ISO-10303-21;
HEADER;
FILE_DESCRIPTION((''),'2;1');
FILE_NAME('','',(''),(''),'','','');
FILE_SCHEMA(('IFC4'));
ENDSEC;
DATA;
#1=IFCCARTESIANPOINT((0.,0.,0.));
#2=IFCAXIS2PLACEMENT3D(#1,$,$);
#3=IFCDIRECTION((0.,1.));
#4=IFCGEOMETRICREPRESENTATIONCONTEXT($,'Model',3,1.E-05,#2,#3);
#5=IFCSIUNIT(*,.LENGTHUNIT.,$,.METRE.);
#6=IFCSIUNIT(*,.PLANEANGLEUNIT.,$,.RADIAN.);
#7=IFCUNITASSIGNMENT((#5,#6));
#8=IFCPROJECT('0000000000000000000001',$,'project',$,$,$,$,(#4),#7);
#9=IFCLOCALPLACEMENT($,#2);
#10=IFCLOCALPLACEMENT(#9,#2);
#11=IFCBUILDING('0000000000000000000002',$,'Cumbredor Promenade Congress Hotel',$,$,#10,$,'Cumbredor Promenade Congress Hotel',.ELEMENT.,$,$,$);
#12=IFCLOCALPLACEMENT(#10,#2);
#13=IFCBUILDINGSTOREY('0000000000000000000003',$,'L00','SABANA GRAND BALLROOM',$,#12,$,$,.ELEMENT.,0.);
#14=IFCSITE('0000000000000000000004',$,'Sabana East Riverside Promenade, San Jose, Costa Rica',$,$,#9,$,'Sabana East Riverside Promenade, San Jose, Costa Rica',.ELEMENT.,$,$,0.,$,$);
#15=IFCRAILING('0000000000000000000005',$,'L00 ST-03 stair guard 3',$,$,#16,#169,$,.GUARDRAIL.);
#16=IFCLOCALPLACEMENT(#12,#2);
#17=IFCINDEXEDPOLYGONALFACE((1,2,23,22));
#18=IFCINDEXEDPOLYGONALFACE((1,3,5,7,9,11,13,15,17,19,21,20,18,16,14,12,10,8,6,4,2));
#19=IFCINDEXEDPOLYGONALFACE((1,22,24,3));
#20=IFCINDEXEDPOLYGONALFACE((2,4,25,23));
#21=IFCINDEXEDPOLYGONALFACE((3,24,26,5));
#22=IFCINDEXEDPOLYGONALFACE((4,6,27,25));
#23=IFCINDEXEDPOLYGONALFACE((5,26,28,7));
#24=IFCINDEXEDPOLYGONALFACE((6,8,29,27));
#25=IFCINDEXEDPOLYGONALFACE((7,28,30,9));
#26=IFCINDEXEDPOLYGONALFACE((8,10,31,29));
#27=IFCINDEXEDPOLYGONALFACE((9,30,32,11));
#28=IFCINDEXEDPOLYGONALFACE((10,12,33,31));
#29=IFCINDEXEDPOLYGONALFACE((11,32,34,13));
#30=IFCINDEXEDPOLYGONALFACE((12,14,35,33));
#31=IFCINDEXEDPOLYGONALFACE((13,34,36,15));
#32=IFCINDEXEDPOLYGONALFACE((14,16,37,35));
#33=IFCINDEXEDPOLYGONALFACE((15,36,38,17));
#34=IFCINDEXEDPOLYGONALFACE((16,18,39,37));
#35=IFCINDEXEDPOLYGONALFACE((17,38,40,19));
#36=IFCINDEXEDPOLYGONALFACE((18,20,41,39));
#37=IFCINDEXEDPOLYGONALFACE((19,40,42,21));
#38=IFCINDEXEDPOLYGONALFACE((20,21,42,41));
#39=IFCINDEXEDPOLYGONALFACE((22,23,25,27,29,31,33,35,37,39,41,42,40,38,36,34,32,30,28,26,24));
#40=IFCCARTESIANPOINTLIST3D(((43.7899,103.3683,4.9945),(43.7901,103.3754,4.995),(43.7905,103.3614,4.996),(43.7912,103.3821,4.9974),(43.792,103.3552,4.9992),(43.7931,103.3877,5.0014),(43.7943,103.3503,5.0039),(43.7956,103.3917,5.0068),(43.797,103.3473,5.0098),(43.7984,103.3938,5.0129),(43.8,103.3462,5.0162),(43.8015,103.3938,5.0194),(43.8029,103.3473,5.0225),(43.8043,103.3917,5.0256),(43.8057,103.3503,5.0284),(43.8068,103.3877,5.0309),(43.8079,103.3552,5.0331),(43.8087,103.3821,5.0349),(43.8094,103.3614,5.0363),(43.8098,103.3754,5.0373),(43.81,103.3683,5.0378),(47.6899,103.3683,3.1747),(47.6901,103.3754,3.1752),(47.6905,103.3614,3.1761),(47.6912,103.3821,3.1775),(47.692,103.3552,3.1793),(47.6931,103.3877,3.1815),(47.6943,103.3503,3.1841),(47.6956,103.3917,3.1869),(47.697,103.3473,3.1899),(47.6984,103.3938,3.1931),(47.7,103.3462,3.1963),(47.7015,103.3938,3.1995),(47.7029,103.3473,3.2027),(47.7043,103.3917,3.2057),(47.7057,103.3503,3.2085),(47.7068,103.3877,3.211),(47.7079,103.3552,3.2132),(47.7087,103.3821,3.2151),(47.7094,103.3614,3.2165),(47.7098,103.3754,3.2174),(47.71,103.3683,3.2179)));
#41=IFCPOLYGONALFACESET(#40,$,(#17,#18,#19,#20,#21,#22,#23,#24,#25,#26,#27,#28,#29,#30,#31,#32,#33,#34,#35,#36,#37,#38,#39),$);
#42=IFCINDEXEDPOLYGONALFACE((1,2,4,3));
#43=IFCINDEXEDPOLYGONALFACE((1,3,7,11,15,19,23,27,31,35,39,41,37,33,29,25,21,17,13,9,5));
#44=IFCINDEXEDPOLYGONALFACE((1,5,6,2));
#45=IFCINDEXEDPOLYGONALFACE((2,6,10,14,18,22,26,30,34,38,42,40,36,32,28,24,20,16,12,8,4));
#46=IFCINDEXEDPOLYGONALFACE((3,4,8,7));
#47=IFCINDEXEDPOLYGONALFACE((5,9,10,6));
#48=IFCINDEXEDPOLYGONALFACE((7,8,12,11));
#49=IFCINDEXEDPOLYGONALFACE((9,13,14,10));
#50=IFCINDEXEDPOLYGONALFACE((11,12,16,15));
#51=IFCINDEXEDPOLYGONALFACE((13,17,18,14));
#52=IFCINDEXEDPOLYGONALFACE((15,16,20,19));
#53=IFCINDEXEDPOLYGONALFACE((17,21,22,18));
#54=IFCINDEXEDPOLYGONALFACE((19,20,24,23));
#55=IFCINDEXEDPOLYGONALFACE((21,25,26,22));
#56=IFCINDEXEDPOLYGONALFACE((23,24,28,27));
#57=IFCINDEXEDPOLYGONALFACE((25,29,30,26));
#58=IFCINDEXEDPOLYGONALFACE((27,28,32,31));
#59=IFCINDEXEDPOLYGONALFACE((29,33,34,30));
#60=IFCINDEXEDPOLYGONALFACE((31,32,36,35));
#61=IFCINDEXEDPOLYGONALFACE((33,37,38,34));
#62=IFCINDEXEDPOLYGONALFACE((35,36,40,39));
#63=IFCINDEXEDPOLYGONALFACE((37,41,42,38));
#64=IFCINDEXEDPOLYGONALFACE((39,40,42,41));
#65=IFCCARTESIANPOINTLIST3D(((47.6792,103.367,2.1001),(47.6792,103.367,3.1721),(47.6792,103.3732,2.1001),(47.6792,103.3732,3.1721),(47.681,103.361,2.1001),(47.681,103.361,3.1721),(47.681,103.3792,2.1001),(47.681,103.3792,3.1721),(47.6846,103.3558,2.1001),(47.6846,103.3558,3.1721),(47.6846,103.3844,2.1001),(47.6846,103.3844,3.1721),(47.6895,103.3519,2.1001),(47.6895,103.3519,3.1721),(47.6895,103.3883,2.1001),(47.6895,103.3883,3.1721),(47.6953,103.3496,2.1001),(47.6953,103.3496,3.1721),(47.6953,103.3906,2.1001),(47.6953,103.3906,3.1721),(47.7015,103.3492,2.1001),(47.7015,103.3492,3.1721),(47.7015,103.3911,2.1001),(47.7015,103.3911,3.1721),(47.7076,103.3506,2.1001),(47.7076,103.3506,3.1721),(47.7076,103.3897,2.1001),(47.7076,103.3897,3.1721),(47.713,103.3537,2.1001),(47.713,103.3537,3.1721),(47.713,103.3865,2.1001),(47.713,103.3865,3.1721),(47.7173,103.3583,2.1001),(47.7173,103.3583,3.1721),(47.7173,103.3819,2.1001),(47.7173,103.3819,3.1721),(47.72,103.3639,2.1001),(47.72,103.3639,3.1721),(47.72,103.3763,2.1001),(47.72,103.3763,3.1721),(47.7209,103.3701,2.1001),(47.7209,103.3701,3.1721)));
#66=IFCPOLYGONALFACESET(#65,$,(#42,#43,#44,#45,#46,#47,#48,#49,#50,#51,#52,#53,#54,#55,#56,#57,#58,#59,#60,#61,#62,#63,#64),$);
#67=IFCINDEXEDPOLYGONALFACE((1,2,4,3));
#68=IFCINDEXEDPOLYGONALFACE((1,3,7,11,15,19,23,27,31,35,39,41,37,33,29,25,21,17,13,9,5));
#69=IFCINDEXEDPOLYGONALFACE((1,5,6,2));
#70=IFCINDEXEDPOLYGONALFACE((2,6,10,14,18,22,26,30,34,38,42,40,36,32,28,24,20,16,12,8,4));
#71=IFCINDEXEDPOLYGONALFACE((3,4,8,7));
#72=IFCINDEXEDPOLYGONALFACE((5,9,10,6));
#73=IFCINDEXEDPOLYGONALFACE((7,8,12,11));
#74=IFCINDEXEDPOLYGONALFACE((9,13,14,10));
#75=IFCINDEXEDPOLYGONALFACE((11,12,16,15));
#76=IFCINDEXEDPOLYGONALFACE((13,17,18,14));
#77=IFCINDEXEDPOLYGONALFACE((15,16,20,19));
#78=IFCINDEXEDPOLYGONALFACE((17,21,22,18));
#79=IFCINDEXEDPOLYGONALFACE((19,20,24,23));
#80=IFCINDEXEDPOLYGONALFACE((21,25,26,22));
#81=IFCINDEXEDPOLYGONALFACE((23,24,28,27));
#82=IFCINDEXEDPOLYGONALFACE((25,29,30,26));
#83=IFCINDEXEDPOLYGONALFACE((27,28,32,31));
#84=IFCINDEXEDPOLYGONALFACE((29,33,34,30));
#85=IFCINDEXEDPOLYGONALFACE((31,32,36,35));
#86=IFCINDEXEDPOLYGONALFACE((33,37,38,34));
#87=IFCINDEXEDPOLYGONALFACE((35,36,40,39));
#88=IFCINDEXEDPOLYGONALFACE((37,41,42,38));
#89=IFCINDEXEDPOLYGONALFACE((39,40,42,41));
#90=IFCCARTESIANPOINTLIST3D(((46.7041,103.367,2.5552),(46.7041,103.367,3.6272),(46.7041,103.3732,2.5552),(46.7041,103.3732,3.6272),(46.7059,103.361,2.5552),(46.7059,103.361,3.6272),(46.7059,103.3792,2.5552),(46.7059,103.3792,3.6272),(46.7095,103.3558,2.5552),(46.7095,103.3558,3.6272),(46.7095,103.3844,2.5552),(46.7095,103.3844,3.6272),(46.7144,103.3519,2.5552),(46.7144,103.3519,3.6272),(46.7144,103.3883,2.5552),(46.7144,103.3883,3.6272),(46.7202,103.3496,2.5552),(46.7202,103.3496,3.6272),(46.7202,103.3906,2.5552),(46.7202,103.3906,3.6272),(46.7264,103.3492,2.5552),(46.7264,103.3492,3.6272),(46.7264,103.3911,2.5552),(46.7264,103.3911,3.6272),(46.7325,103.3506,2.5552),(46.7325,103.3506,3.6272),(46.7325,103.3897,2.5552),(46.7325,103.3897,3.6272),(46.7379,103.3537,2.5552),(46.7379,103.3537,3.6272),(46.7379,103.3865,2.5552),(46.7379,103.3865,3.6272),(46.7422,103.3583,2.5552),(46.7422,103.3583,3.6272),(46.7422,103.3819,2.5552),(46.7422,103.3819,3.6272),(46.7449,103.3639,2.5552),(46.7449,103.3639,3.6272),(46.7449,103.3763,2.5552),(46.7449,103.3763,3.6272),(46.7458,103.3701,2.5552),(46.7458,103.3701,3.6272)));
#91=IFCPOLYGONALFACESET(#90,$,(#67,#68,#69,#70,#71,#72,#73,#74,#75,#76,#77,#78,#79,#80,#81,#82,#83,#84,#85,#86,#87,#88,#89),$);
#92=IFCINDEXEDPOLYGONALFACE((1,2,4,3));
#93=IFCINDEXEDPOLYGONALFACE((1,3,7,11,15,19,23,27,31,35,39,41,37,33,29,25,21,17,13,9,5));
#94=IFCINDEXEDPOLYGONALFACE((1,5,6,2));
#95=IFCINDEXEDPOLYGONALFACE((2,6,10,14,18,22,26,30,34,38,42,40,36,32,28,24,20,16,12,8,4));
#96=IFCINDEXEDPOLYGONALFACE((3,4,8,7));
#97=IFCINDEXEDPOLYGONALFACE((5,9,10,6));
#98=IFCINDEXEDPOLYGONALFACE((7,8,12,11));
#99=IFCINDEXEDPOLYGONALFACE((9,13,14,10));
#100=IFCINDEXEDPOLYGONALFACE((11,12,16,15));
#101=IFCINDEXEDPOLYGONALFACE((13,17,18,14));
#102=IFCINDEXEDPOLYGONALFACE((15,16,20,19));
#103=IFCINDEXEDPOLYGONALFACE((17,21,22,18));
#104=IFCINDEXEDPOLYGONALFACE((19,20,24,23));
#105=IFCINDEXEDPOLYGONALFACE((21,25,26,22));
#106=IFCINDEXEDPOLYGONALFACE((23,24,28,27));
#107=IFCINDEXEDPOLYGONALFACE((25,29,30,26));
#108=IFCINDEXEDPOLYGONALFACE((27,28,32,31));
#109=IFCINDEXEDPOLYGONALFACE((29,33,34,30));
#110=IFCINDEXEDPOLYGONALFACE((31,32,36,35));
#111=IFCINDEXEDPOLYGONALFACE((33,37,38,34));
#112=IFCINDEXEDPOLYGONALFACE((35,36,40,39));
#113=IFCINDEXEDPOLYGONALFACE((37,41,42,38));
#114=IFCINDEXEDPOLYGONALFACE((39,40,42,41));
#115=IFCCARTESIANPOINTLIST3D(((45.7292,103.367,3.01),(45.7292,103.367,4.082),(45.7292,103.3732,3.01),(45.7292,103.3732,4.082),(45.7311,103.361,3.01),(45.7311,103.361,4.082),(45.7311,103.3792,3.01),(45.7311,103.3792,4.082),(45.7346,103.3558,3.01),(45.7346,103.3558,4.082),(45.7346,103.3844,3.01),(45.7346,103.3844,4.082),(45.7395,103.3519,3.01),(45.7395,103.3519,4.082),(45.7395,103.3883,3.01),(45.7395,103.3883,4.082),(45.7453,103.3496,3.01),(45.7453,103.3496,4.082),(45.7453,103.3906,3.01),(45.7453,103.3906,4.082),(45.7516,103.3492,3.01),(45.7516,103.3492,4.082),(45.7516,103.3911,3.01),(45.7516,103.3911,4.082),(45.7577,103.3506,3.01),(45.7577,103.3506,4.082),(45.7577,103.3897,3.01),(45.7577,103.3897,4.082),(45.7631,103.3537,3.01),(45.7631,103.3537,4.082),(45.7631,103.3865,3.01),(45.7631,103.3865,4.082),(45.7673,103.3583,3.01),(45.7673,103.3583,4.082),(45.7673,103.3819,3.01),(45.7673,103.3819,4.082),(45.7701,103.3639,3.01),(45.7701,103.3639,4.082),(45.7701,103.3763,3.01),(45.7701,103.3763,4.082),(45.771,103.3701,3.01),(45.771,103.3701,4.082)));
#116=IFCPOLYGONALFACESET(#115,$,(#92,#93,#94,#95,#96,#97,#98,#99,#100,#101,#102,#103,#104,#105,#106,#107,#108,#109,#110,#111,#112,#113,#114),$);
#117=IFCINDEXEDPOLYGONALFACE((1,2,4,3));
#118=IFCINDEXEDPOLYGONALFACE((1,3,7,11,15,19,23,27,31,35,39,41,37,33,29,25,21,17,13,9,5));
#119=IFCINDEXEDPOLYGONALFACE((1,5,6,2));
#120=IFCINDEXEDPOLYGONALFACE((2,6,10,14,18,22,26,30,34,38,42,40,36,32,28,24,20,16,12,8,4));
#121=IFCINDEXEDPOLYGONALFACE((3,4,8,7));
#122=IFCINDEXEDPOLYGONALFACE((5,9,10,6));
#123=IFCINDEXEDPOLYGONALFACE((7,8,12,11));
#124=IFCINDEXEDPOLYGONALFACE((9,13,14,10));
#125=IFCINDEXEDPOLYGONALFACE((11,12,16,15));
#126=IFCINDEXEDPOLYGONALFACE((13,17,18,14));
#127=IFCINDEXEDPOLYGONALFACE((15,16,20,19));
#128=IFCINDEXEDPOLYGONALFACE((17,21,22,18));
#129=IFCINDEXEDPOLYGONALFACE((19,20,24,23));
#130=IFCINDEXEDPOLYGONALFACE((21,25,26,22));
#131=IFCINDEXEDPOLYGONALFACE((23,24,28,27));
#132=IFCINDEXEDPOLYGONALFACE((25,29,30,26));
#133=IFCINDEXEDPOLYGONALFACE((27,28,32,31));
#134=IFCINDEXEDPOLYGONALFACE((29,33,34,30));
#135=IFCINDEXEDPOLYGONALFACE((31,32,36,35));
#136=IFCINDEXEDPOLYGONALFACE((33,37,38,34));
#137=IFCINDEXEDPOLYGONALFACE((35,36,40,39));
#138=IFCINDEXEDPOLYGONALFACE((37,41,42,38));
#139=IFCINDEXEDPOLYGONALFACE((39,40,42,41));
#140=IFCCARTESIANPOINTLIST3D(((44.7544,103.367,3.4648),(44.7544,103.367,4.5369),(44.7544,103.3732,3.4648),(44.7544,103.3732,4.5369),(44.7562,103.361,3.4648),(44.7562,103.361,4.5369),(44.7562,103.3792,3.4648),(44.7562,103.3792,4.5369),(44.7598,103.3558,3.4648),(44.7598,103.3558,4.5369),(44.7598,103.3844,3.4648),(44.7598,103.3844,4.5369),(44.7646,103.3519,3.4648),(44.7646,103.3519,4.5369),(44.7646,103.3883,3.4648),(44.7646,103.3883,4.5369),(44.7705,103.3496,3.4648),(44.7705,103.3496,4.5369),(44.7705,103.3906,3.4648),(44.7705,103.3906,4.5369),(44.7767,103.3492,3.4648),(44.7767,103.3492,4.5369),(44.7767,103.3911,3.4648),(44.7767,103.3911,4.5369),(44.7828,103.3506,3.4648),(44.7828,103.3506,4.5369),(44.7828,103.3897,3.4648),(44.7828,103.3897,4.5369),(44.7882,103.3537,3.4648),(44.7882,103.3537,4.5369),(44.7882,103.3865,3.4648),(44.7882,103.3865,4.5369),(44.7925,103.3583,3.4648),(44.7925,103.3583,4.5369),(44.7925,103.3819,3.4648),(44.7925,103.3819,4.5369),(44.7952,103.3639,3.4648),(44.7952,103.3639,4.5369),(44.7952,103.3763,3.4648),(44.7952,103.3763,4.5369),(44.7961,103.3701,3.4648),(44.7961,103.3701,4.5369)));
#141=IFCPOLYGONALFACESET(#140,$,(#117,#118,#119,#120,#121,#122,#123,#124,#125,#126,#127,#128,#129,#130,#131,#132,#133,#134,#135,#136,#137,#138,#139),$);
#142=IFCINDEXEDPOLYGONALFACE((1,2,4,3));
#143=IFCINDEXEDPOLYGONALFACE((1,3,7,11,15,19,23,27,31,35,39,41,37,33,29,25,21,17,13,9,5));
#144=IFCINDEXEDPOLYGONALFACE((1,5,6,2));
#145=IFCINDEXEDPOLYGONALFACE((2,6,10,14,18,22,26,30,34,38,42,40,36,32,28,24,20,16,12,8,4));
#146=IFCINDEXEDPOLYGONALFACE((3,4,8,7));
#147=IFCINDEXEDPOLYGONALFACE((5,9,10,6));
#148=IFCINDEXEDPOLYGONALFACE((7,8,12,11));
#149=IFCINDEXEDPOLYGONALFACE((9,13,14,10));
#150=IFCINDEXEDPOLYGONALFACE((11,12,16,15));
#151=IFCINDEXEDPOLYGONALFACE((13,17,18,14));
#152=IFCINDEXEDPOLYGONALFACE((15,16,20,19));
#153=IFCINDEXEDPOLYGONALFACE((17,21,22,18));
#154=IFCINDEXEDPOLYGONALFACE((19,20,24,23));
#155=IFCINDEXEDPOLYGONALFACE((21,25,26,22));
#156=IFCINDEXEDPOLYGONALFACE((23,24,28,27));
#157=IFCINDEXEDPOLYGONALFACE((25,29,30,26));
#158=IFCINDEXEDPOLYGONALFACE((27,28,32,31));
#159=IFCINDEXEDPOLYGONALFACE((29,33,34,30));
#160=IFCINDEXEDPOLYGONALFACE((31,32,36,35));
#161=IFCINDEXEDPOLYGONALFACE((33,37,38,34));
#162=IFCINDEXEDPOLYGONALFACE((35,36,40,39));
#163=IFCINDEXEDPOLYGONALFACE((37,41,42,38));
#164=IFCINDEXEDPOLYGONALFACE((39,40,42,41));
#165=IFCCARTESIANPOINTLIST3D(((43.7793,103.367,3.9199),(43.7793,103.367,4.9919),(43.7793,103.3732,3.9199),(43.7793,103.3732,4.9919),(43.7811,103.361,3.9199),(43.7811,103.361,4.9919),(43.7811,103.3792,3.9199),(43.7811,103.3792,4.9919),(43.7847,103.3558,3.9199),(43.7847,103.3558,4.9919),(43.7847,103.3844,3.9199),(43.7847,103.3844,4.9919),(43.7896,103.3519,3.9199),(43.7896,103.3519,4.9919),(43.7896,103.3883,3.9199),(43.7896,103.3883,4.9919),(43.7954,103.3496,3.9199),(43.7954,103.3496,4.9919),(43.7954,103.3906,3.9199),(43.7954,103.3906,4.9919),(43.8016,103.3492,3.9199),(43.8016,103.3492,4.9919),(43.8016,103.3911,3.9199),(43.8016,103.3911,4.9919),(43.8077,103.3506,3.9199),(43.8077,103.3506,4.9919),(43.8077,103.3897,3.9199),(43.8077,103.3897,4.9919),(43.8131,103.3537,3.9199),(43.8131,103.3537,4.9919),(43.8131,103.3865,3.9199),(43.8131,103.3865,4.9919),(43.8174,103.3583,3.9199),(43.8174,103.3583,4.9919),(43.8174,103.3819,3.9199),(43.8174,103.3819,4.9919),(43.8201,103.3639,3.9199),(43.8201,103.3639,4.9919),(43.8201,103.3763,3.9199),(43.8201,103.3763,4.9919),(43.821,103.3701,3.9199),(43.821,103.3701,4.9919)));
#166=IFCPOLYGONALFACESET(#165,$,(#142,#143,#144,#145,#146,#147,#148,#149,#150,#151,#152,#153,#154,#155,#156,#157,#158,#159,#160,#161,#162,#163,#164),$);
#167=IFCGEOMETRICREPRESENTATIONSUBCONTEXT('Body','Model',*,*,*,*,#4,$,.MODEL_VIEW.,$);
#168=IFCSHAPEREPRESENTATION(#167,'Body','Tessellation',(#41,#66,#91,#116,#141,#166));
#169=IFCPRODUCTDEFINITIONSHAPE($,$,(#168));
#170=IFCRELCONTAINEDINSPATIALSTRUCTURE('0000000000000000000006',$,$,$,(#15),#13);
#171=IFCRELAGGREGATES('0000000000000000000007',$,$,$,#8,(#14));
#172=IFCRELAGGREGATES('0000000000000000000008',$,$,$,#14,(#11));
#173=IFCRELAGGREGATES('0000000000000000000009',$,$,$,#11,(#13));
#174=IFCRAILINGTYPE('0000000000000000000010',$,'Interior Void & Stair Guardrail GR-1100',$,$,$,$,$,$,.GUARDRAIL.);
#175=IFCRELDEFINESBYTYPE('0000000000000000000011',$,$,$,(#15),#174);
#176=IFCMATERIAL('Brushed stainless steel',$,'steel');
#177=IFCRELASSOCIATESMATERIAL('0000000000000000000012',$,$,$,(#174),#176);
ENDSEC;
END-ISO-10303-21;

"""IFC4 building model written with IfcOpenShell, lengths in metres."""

from ifc_helpers import new_model, si_unit, direction, frame, origin, origin_2d, place, context, subcontext, project, spatial, circle, extrude, material, type_object, element, save


model = new_model("IFC4")

# Units and contexts
model_context = context("Model", 3, precision=1e-05, world=origin(), true_north=direction((0.0, 1.0)))
body_context = subcontext(model_context, "Body", "Model", "MODEL_VIEW")
ifc_project = project(units=[si_unit("LENGTHUNIT", "METRE"), si_unit("PLANEANGLEUNIT", "RADIAN")], contexts=[model_context])

# Site, building, storey
site_placement = place(None, origin())
site = spatial("IfcSite", under=ifc_project, at=site_placement, Name="Sabana East Riverside Promenade, San Jose, Costa Rica", LongName="Sabana East Riverside Promenade, San Jose, Costa Rica", CompositionType="ELEMENT", RefElevation=0.0)
building_placement = place(site_placement, origin())
building = spatial("IfcBuilding", under=site, at=building_placement, Name="Cumbredor Promenade Congress Hotel", LongName="Cumbredor Promenade Congress Hotel", CompositionType="ELEMENT")
storey_placement = place(building_placement, origin())
storey = spatial("IfcBuildingStorey", under=building, at=storey_placement, Name="L00", Description="SABANA GRAND BALLROOM", CompositionType="ELEMENT", Elevation=0.0)

# Railing
ifc_material_1 = material(Name="Brushed stainless steel", Category="steel")
railing_type_1 = type_object("IfcRailingType", Name="Interior Void & Stair Guardrail GR-1100", PredefinedType="GUARDRAIL", material=ifc_material_1)
railing_1_placement = place(storey_placement, frame((47.7, 103.3701, 2.1001)))
element("IfcRailing", 1, at=railing_1_placement, inside=storey, type_object=railing_type_1, Name="L00 ST-03 stair guard 3", PredefinedType="GUARDRAIL", context=body_context, shape_type="SweptSolid", body=[
    extrude(circle(Radius=0.0239, at=origin_2d()), frame((0.0, 0.0, 1.0962), z_axis=(-0.906195, 0.0, 0.422861), x_axis=(0.0, -1.0, 0.0)), (0.0, 0.0, 1.0), 4.3037),
    extrude(circle(Radius=0.021, at=origin_2d()), origin(), (0.0, 0.0, 1.0), 1.072),
    extrude(circle(Radius=0.021, at=origin_2d()), frame((-0.9751, 0.0, 0.4551)), (0.0, 0.0, 1.0), 1.072),
    extrude(circle(Radius=0.021, at=origin_2d()), frame((-1.95, 0.0, 0.9099)), (0.0, 0.0, 1.0), 1.072),
    extrude(circle(Radius=0.021, at=origin_2d()), frame((-2.9248, 0.0, 1.3647)), (0.0, 0.0, 1.0), 1.072),
    extrude(circle(Radius=0.021, at=origin_2d()), frame((-3.8999, 0.0, 1.8198)), (0.0, 0.0, 1.0), 1.072),
])

save(model, "model.ifc")
